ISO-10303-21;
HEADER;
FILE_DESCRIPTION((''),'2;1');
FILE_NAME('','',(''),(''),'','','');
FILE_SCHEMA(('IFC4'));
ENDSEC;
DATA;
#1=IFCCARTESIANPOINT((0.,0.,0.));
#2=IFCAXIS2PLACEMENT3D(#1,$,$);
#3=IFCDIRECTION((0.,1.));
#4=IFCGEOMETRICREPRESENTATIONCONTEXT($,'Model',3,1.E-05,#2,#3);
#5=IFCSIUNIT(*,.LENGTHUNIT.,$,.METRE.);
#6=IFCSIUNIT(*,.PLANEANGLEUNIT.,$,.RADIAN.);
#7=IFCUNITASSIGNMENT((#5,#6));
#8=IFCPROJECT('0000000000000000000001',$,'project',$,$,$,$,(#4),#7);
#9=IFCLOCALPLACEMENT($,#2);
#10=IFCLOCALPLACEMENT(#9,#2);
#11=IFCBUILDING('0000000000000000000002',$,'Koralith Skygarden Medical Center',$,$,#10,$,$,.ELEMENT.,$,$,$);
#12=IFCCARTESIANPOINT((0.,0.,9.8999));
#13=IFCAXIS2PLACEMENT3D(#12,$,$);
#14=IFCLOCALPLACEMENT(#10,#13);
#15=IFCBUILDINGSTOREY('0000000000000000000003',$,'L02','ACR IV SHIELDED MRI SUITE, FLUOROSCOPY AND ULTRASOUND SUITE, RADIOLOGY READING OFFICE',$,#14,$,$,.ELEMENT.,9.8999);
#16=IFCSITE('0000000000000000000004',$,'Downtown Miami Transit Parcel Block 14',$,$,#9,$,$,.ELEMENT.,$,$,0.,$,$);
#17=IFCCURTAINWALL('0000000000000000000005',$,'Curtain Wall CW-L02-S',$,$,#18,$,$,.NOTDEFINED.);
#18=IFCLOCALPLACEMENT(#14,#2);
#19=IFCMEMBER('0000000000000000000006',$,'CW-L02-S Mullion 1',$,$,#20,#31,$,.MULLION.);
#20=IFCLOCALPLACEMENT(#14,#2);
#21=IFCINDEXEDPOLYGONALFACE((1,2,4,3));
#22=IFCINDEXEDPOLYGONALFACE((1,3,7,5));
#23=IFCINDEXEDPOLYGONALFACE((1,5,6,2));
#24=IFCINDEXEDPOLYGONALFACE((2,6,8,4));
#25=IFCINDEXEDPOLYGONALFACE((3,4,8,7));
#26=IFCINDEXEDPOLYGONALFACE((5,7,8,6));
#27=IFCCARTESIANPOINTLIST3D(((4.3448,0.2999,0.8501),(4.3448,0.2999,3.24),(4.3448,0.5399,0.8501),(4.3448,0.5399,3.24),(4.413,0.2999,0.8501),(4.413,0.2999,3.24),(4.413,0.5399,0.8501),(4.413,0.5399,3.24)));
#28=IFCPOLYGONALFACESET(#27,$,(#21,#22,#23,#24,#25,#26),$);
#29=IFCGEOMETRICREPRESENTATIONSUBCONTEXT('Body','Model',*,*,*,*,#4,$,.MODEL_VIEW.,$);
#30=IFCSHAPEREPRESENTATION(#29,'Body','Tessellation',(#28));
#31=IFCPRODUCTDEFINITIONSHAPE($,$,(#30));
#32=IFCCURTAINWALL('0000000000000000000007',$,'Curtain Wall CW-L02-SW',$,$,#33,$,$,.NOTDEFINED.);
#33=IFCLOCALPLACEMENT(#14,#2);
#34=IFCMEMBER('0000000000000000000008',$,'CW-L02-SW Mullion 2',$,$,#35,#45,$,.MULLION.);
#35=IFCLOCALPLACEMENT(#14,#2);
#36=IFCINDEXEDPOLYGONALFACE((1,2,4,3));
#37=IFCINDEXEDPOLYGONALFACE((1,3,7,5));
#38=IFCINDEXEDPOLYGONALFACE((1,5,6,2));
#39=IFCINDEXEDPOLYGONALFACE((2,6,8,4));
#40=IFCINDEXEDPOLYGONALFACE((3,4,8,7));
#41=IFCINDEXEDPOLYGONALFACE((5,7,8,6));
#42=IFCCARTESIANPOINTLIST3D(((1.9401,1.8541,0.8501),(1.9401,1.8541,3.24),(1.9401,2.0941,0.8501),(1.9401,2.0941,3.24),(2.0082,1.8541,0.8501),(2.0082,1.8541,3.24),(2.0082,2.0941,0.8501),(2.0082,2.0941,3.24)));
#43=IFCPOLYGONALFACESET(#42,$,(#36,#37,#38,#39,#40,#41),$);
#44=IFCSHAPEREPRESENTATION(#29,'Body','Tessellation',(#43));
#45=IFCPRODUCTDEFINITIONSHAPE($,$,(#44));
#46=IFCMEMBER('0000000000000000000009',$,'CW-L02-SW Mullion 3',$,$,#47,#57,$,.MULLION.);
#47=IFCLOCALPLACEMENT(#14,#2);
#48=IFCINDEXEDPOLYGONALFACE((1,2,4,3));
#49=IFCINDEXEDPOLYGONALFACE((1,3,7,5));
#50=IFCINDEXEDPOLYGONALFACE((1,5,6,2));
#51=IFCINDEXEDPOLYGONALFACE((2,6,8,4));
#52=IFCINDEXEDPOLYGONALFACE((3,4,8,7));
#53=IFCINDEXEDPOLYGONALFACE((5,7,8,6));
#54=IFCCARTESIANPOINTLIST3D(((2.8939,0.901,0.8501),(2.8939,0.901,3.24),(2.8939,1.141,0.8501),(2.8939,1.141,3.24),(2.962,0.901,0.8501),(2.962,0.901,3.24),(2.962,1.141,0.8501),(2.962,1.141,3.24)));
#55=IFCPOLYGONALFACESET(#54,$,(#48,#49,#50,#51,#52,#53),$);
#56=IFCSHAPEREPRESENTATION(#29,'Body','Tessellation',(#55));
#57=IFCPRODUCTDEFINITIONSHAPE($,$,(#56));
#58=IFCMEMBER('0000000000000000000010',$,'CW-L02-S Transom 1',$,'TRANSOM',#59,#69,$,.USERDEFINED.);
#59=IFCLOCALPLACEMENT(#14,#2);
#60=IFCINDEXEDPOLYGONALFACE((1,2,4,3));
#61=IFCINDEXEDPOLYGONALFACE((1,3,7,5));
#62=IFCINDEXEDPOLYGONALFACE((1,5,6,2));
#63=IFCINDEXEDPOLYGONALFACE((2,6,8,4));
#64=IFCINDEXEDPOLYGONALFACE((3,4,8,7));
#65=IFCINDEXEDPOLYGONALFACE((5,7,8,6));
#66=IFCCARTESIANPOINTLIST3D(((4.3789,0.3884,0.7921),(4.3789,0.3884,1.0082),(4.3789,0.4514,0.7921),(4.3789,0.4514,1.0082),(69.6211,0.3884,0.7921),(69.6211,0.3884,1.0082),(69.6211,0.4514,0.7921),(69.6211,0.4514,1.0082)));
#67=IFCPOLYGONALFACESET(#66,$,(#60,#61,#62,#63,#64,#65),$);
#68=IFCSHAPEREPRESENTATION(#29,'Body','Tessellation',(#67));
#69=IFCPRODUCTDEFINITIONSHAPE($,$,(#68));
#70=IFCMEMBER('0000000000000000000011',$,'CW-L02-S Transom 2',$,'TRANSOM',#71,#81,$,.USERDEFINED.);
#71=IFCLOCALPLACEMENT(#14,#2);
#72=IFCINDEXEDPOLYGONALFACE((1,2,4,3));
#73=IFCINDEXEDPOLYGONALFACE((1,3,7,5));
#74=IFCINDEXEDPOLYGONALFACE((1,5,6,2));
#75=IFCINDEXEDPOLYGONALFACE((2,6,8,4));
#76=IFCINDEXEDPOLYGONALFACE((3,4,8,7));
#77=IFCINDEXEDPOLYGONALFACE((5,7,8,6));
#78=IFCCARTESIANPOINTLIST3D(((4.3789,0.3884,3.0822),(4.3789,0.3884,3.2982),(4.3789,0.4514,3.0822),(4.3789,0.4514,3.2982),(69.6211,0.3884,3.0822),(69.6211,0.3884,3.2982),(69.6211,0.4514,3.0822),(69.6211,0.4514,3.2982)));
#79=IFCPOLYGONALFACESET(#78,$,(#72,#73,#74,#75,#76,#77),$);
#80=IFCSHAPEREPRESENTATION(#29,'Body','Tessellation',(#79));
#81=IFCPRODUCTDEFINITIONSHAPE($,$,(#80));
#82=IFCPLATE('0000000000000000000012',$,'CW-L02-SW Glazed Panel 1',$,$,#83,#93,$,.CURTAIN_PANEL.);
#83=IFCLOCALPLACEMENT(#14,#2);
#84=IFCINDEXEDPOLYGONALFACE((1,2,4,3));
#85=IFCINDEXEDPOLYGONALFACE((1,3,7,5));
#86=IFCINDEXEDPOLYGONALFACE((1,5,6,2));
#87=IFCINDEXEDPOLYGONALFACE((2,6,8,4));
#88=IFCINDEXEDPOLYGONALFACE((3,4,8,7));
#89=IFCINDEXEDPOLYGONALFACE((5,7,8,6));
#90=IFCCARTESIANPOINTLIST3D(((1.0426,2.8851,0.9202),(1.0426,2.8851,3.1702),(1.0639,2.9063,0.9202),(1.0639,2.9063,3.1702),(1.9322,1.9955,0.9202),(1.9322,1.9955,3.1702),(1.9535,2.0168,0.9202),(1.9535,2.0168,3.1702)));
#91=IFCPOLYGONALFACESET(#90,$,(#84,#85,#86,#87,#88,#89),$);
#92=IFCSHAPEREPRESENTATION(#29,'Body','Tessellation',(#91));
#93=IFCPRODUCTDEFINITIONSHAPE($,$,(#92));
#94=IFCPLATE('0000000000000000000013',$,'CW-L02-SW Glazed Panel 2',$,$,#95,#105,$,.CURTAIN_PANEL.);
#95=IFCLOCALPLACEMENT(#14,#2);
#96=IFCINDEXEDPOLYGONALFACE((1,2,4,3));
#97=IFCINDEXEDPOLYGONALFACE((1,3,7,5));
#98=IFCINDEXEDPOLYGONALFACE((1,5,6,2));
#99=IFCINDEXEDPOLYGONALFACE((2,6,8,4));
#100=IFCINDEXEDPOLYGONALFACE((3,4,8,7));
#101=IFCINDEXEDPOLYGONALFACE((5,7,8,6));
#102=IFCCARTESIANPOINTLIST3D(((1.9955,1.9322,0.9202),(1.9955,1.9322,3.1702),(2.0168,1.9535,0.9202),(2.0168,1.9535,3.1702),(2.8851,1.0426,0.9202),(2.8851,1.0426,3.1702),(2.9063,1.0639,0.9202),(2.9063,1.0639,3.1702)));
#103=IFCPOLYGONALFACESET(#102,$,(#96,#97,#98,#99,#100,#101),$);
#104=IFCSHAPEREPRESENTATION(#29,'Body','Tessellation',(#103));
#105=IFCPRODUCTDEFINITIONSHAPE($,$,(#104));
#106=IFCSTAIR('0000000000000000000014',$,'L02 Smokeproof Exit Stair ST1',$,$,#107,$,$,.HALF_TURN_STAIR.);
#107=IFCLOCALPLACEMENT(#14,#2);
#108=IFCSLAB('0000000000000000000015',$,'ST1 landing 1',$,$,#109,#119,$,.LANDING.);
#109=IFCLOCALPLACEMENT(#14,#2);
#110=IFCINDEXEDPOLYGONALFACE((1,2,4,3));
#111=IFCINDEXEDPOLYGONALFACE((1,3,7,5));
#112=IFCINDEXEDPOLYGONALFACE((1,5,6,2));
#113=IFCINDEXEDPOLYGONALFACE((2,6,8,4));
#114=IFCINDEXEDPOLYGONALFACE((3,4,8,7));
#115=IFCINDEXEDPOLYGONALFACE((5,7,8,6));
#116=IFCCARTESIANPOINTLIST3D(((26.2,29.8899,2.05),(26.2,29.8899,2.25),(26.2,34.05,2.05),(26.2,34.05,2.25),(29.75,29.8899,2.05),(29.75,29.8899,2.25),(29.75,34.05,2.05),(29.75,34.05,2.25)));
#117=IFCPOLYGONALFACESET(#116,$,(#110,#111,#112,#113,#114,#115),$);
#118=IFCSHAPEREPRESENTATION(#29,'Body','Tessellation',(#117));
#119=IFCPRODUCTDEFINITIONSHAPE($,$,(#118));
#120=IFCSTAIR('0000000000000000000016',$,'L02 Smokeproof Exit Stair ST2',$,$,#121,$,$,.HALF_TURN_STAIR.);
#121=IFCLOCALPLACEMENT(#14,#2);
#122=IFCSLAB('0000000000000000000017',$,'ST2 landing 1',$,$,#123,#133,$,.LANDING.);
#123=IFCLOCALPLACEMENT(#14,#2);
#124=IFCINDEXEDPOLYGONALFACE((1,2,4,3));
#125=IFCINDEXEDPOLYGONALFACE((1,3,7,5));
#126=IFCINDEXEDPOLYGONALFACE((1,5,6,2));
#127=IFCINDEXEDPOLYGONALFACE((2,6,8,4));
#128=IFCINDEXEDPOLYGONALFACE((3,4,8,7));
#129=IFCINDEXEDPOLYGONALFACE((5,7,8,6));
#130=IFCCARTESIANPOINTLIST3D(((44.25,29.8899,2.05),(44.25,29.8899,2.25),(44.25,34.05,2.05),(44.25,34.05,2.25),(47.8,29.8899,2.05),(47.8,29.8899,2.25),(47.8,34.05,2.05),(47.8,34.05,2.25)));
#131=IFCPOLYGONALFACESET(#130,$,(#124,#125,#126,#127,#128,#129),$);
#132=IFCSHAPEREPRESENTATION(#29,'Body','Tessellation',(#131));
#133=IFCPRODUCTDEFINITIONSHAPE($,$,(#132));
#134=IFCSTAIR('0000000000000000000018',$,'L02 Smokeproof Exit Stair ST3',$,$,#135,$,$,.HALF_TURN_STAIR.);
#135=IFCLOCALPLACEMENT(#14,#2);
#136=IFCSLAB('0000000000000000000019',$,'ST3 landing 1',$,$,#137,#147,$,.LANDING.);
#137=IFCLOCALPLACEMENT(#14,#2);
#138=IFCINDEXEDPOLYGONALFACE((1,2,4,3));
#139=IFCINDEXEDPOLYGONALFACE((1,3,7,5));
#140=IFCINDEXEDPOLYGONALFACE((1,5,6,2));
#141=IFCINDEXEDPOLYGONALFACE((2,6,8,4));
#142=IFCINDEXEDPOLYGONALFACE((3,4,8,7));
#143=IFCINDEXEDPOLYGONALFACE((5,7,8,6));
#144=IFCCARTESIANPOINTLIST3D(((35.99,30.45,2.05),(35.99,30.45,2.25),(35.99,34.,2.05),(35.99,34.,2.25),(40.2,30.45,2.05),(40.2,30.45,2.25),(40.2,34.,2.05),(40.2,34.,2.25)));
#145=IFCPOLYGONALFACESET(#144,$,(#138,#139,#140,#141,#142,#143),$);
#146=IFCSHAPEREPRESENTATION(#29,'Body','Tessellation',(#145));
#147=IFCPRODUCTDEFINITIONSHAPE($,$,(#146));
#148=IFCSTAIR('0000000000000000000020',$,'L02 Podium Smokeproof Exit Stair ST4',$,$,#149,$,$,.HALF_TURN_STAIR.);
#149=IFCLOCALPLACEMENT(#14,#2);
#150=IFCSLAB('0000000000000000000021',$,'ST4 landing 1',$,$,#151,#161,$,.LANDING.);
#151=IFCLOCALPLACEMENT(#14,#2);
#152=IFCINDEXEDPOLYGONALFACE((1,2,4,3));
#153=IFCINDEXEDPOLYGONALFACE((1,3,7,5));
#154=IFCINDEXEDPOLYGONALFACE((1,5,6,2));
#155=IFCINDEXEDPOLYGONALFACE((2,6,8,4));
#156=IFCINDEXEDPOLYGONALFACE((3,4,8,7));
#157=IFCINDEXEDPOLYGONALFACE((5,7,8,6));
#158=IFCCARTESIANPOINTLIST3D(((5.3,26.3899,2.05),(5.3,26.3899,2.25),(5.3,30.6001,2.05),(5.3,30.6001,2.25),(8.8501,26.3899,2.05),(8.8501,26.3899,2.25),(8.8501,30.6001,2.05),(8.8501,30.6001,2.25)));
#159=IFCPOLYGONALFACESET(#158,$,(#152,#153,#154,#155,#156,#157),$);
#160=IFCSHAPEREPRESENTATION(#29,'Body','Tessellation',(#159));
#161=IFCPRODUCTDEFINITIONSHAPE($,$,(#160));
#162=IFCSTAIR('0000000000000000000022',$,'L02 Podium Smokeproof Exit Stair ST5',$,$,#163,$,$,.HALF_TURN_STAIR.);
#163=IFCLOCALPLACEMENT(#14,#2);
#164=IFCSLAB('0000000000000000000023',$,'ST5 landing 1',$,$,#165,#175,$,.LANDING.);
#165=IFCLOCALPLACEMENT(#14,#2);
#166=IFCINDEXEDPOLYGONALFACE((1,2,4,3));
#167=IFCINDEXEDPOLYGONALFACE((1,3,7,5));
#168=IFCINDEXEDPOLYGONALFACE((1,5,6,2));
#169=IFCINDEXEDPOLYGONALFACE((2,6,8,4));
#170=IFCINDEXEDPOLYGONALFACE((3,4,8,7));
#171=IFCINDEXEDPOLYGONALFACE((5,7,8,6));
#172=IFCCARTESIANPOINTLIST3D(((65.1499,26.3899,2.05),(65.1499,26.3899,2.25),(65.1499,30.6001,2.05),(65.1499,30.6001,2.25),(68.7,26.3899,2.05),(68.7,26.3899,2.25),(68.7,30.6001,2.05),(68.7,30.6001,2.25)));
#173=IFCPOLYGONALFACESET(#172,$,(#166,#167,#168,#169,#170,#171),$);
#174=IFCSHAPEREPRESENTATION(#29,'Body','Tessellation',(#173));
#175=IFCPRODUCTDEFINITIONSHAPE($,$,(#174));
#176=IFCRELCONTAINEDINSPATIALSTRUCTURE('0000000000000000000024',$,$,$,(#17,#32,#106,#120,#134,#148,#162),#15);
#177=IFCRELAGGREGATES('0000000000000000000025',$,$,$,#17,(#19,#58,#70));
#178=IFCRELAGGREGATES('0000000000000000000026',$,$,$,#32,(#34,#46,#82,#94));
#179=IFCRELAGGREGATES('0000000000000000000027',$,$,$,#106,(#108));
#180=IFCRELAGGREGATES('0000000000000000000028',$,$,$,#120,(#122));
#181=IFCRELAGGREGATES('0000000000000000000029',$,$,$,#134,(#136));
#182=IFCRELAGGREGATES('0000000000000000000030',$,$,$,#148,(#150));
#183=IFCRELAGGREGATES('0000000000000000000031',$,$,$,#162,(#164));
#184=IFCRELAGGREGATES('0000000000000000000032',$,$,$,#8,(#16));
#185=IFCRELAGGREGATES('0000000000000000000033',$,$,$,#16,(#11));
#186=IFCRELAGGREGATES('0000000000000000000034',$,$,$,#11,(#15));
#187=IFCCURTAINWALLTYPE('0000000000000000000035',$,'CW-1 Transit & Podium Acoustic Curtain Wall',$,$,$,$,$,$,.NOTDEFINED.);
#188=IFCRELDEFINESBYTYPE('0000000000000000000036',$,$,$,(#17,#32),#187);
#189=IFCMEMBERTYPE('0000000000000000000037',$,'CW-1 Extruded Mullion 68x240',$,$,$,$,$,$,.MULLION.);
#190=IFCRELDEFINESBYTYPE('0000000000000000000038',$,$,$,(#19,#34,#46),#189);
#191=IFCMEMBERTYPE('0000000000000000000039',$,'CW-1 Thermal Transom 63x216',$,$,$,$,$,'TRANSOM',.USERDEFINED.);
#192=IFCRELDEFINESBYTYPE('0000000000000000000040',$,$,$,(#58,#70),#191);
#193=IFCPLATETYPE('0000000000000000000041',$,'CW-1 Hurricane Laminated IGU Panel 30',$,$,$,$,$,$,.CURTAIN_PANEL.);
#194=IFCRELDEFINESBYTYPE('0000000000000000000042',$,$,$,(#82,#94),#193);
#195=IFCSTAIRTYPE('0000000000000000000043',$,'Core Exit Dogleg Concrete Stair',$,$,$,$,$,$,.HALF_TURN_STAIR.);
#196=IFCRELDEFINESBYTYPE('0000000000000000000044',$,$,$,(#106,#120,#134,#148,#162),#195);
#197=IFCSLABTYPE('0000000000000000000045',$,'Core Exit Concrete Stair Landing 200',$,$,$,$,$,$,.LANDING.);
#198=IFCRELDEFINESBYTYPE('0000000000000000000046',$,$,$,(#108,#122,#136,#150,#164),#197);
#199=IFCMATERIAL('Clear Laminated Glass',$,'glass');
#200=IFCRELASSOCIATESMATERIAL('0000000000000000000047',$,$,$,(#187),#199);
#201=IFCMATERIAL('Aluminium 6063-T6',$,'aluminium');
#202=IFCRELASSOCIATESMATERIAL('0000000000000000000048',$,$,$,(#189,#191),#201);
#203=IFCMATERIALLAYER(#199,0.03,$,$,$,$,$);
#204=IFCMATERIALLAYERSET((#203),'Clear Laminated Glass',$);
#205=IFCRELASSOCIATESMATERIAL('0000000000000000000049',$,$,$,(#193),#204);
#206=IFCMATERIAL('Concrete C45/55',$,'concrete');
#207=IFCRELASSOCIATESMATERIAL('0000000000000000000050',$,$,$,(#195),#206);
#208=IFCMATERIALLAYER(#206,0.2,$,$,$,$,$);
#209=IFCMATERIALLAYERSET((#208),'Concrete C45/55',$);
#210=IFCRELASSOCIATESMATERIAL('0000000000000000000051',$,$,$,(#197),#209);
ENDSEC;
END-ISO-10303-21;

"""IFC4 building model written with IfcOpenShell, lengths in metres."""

from ifc_helpers import new_model, si_unit, direction, frame, origin, origin_2d, place, context, subcontext, project, spatial, polyline, rectangle, outline, extrude, material, layer, layer_set, material_profile, profile_set, type_object, element, aggregate, save


model = new_model("IFC4")

# Units and contexts
model_context = context("Model", 3, precision=1e-05, world=origin(), true_north=direction((0.0, 1.0)))
body_context = subcontext(model_context, "Body", "Model", "MODEL_VIEW")
ifc_project = project(units=[si_unit("LENGTHUNIT", "METRE"), si_unit("PLANEANGLEUNIT", "RADIAN")], contexts=[model_context])

# Site, building, storey
site_placement = place(None, origin())
site = spatial("IfcSite", under=ifc_project, at=site_placement, Name="Downtown Miami Transit Parcel Block 14", CompositionType="ELEMENT", RefElevation=0.0)
building_placement = place(site_placement, origin())
building = spatial("IfcBuilding", under=site, at=building_placement, Name="Koralith Skygarden Medical Center", CompositionType="ELEMENT")
storey_placement = place(building_placement, frame((0.0, 0.0, 9.8999)))
storey = spatial("IfcBuildingStorey", under=building, at=storey_placement, Name="L02", Description="ACR IV SHIELDED MRI SUITE, FLUOROSCOPY AND ULTRASOUND SUITE, RADIOLOGY READING OFFICE", CompositionType="ELEMENT", Elevation=9.8999)

# Curtain wall, member
ifc_material_1 = material(Name="Clear Laminated Glass", Category="glass")
curtain_wall_type = type_object("IfcCurtainWallType", Name="CW-1 Transit & Podium Acoustic Curtain Wall", PredefinedType="NOTDEFINED", material=ifc_material_1)
curtain_wall_1_placement = place(storey_placement, origin())
curtain_wall_1 = element("IfcCurtainWall", 1, at=curtain_wall_1_placement, inside=storey, type_object=curtain_wall_type, Name="Curtain Wall CW-L02-S", PredefinedType="NOTDEFINED")
ifc_material_2 = material(Name="Aluminium 6063-T6", Category="aluminium")
ifc_material_profile_1 = material_profile(ifc_material_2, rectangle(XDim=0.0681, YDim=0.24, at=origin_2d()), Name="MUL68X240")
ifc_profile_set_1 = profile_set([ifc_material_profile_1], Name="Aluminium 6063-T6")
member_type_1 = type_object("IfcMemberType", Name="CW-1 Extruded Mullion 68x240", PredefinedType="MULLION", material=ifc_profile_set_1)
member_1_placement = place(storey_placement, frame((4.3789, 0.4199, 0.8501), z_axis=(0.0, 0.0, 1.0), x_axis=(1.0, 0.0, 0.0)))
member_1 = element("IfcMember", 2, at=member_1_placement, type_object=member_type_1, Name="CW-L02-S Mullion 1", PredefinedType="MULLION", context=body_context, shape_type="SweptSolid", body=[
    extrude(rectangle(XDim=0.0681, YDim=0.24, at=origin_2d()), origin(), (0.0, 0.0, 1.0), 2.3899),
])

# Curtain wall, members
curtain_wall_2_placement = place(storey_placement, origin())
curtain_wall_2 = element("IfcCurtainWall", 3, at=curtain_wall_2_placement, inside=storey, type_object=curtain_wall_type, Name="Curtain Wall CW-L02-SW", PredefinedType="NOTDEFINED")
member_2_placement = place(storey_placement, frame((1.9741, 1.9741, 0.8501), z_axis=(0.0, 0.0, 1.0), x_axis=(1.0, 0.0, 0.0)))
member_2 = element("IfcMember", 4, at=member_2_placement, type_object=member_type_1, Name="CW-L02-SW Mullion 2", PredefinedType="MULLION", context=body_context, shape_type="SweptSolid", body=[
    extrude(rectangle(XDim=0.0681, YDim=0.24, at=origin_2d()), origin(), (0.0, 0.0, 1.0), 2.3899),
])
member_3_placement = place(storey_placement, frame((2.928, 1.021, 0.8501), z_axis=(0.0, 0.0, 1.0), x_axis=(1.0, 0.0, 0.0)))
member_3 = element("IfcMember", 5, at=member_3_placement, type_object=member_type_1, Name="CW-L02-SW Mullion 3", PredefinedType="MULLION", context=body_context, shape_type="SweptSolid", body=[
    extrude(rectangle(XDim=0.0681, YDim=0.24, at=origin_2d()), origin(), (0.0, 0.0, 1.0), 2.3899),
])

# Members
ifc_material_profile_2 = material_profile(ifc_material_2, rectangle(XDim=0.063, YDim=0.2161, at=origin_2d()), Name="TRN63X216")
ifc_profile_set_2 = profile_set([ifc_material_profile_2], Name="Aluminium 6063-T6")
member_type_2 = type_object("IfcMemberType", Name="CW-1 Thermal Transom 63x216", ElementType="TRANSOM", PredefinedType="USERDEFINED", material=ifc_profile_set_2)
member_4_placement = place(storey_placement, frame((4.3789, 0.4199, 0.9001), z_axis=(1.0, 0.0, 0.0), x_axis=(0.0, 1.0, 0.0)))
member_4 = element("IfcMember", 6, at=member_4_placement, type_object=member_type_2, Name="CW-L02-S Transom 1", ObjectType="TRANSOM", PredefinedType="USERDEFINED", context=body_context, shape_type="SweptSolid", body=[
    extrude(rectangle(XDim=0.063, YDim=0.2161, at=origin_2d()), origin(), (0.0, 0.0, 1.0), 65.2422),
])
member_5_placement = place(storey_placement, frame((4.3789, 0.4199, 3.1902), z_axis=(1.0, 0.0, 0.0), x_axis=(0.0, 1.0, 0.0)))
member_5 = element("IfcMember", 7, at=member_5_placement, type_object=member_type_2, Name="CW-L02-S Transom 2", ObjectType="TRANSOM", PredefinedType="USERDEFINED", context=body_context, shape_type="SweptSolid", body=[
    extrude(rectangle(XDim=0.063, YDim=0.2161, at=origin_2d()), origin(), (0.0, 0.0, 1.0), 65.2422),
])
aggregate(curtain_wall_1, [member_1, member_4, member_5])

# Plates
ifc_layer_1 = layer(ifc_material_1, 0.03)
ifc_layer_set_1 = layer_set([ifc_layer_1], Name="Clear Laminated Glass")
plate_type_1 = type_object("IfcPlateType", Name="CW-1 Hurricane Laminated IGU Panel 30", PredefinedType="CURTAIN_PANEL", material=ifc_layer_set_1)
plate_1_placement = place(storey_placement, frame((1.498, 2.4509, 0.9202), z_axis=(0.0, 0.0, 1.0), x_axis=(0.707107, -0.707107, 0.0)))
plate_1 = element("IfcPlate", 8, at=plate_1_placement, type_object=plate_type_1, Name="CW-L02-SW Glazed Panel 1", PredefinedType="CURTAIN_PANEL", context=body_context, shape_type="SweptSolid", body=[
    extrude(rectangle(XDim=1.2581, YDim=0.03, at=origin_2d()), origin(), (0.0, 0.0, 1.0), 2.25),
])
plate_2_placement = place(storey_placement, frame((2.4509, 1.498, 0.9202), z_axis=(0.0, 0.0, 1.0), x_axis=(0.707107, -0.707107, 0.0)))
plate_2 = element("IfcPlate", 9, at=plate_2_placement, type_object=plate_type_1, Name="CW-L02-SW Glazed Panel 2", PredefinedType="CURTAIN_PANEL", context=body_context, shape_type="SweptSolid", body=[
    extrude(rectangle(XDim=1.2581, YDim=0.03, at=origin_2d()), origin(), (0.0, 0.0, 1.0), 2.25),
])
aggregate(curtain_wall_2, [member_2, member_3, plate_1, plate_2])

# Stairs, slabs
ifc_material_3 = material(Name="Concrete C45/55", Category="concrete")
stair_type = type_object("IfcStairType", Name="Core Exit Dogleg Concrete Stair", PredefinedType="HALF_TURN_STAIR", material=ifc_material_3)
stair_1_placement = place(storey_placement, origin())
stair_1 = element("IfcStair", 10, at=stair_1_placement, inside=storey, type_object=stair_type, Name="L02 Smokeproof Exit Stair ST1", PredefinedType="HALF_TURN_STAIR")
ifc_layer_2 = layer(ifc_material_3, 0.2)
ifc_layer_set_2 = layer_set([ifc_layer_2], Name="Concrete C45/55")
slab_type_1 = type_object("IfcSlabType", Name="Core Exit Concrete Stair Landing 200", PredefinedType="LANDING", material=ifc_layer_set_2)
slab_1_placement = place(storey_placement, frame((0.0, 0.0, 2.05)))
slab_1 = element("IfcSlab", 11, at=slab_1_placement, type_object=slab_type_1, Name="ST1 landing 1", PredefinedType="LANDING", context=body_context, shape_type="SweptSolid", body=[
    extrude(outline(polyline([(29.75, 29.8899), (29.75, 34.05), (26.2, 34.05), (26.2, 29.8899), (29.75, 29.8899)])), origin(), (0.0, 0.0, 1.0), 0.2),
])
aggregate(stair_1, [slab_1])
stair_2_placement = place(storey_placement, origin())
stair_2 = element("IfcStair", 12, at=stair_2_placement, inside=storey, type_object=stair_type, Name="L02 Smokeproof Exit Stair ST2", PredefinedType="HALF_TURN_STAIR")
slab_2_placement = place(storey_placement, frame((0.0, 0.0, 2.05)))
slab_2 = element("IfcSlab", 13, at=slab_2_placement, type_object=slab_type_1, Name="ST2 landing 1", PredefinedType="LANDING", context=body_context, shape_type="SweptSolid", body=[
    extrude(outline(polyline([(47.8, 29.8899), (47.8, 34.05), (44.25, 34.05), (44.25, 29.8899), (47.8, 29.8899)])), origin(), (0.0, 0.0, 1.0), 0.2),
])
aggregate(stair_2, [slab_2])
stair_3_placement = place(storey_placement, origin())
stair_3 = element("IfcStair", 14, at=stair_3_placement, inside=storey, type_object=stair_type, Name="L02 Smokeproof Exit Stair ST3", PredefinedType="HALF_TURN_STAIR")
slab_3_placement = place(storey_placement, frame((0.0, 0.0, 2.05)))
slab_3 = element("IfcSlab", 15, at=slab_3_placement, type_object=slab_type_1, Name="ST3 landing 1", PredefinedType="LANDING", context=body_context, shape_type="SweptSolid", body=[
    extrude(outline(polyline([(35.99, 30.45), (40.2, 30.45), (40.2, 34.0), (35.99, 34.0), (35.99, 30.45)])), origin(), (0.0, 0.0, 1.0), 0.2),
])
aggregate(stair_3, [slab_3])
stair_4_placement = place(storey_placement, origin())
stair_4 = element("IfcStair", 16, at=stair_4_placement, inside=storey, type_object=stair_type, Name="L02 Podium Smokeproof Exit Stair ST4", PredefinedType="HALF_TURN_STAIR")
slab_4_placement = place(storey_placement, frame((0.0, 0.0, 2.05)))
slab_4 = element("IfcSlab", 17, at=slab_4_placement, type_object=slab_type_1, Name="ST4 landing 1", PredefinedType="LANDING", context=body_context, shape_type="SweptSolid", body=[
    extrude(outline(polyline([(8.8501, 26.3899), (8.8501, 30.6001), (5.3, 30.6001), (5.3, 26.3899), (8.8501, 26.3899)])), origin(), (0.0, 0.0, 1.0), 0.2),
])
aggregate(stair_4, [slab_4])
stair_5_placement = place(storey_placement, origin())
stair_5 = element("IfcStair", 18, at=stair_5_placement, inside=storey, type_object=stair_type, Name="L02 Podium Smokeproof Exit Stair ST5", PredefinedType="HALF_TURN_STAIR")
slab_5_placement = place(storey_placement, frame((0.0, 0.0, 2.05)))
slab_5 = element("IfcSlab", 19, at=slab_5_placement, type_object=slab_type_1, Name="ST5 landing 1", PredefinedType="LANDING", context=body_context, shape_type="SweptSolid", body=[
    extrude(outline(polyline([(68.7, 26.3899), (68.7, 30.6001), (65.1499, 30.6001), (65.1499, 26.3899), (68.7, 26.3899)])), origin(), (0.0, 0.0, 1.0), 0.2),
])
aggregate(stair_5, [slab_5])

save(model, "model.ifc")
